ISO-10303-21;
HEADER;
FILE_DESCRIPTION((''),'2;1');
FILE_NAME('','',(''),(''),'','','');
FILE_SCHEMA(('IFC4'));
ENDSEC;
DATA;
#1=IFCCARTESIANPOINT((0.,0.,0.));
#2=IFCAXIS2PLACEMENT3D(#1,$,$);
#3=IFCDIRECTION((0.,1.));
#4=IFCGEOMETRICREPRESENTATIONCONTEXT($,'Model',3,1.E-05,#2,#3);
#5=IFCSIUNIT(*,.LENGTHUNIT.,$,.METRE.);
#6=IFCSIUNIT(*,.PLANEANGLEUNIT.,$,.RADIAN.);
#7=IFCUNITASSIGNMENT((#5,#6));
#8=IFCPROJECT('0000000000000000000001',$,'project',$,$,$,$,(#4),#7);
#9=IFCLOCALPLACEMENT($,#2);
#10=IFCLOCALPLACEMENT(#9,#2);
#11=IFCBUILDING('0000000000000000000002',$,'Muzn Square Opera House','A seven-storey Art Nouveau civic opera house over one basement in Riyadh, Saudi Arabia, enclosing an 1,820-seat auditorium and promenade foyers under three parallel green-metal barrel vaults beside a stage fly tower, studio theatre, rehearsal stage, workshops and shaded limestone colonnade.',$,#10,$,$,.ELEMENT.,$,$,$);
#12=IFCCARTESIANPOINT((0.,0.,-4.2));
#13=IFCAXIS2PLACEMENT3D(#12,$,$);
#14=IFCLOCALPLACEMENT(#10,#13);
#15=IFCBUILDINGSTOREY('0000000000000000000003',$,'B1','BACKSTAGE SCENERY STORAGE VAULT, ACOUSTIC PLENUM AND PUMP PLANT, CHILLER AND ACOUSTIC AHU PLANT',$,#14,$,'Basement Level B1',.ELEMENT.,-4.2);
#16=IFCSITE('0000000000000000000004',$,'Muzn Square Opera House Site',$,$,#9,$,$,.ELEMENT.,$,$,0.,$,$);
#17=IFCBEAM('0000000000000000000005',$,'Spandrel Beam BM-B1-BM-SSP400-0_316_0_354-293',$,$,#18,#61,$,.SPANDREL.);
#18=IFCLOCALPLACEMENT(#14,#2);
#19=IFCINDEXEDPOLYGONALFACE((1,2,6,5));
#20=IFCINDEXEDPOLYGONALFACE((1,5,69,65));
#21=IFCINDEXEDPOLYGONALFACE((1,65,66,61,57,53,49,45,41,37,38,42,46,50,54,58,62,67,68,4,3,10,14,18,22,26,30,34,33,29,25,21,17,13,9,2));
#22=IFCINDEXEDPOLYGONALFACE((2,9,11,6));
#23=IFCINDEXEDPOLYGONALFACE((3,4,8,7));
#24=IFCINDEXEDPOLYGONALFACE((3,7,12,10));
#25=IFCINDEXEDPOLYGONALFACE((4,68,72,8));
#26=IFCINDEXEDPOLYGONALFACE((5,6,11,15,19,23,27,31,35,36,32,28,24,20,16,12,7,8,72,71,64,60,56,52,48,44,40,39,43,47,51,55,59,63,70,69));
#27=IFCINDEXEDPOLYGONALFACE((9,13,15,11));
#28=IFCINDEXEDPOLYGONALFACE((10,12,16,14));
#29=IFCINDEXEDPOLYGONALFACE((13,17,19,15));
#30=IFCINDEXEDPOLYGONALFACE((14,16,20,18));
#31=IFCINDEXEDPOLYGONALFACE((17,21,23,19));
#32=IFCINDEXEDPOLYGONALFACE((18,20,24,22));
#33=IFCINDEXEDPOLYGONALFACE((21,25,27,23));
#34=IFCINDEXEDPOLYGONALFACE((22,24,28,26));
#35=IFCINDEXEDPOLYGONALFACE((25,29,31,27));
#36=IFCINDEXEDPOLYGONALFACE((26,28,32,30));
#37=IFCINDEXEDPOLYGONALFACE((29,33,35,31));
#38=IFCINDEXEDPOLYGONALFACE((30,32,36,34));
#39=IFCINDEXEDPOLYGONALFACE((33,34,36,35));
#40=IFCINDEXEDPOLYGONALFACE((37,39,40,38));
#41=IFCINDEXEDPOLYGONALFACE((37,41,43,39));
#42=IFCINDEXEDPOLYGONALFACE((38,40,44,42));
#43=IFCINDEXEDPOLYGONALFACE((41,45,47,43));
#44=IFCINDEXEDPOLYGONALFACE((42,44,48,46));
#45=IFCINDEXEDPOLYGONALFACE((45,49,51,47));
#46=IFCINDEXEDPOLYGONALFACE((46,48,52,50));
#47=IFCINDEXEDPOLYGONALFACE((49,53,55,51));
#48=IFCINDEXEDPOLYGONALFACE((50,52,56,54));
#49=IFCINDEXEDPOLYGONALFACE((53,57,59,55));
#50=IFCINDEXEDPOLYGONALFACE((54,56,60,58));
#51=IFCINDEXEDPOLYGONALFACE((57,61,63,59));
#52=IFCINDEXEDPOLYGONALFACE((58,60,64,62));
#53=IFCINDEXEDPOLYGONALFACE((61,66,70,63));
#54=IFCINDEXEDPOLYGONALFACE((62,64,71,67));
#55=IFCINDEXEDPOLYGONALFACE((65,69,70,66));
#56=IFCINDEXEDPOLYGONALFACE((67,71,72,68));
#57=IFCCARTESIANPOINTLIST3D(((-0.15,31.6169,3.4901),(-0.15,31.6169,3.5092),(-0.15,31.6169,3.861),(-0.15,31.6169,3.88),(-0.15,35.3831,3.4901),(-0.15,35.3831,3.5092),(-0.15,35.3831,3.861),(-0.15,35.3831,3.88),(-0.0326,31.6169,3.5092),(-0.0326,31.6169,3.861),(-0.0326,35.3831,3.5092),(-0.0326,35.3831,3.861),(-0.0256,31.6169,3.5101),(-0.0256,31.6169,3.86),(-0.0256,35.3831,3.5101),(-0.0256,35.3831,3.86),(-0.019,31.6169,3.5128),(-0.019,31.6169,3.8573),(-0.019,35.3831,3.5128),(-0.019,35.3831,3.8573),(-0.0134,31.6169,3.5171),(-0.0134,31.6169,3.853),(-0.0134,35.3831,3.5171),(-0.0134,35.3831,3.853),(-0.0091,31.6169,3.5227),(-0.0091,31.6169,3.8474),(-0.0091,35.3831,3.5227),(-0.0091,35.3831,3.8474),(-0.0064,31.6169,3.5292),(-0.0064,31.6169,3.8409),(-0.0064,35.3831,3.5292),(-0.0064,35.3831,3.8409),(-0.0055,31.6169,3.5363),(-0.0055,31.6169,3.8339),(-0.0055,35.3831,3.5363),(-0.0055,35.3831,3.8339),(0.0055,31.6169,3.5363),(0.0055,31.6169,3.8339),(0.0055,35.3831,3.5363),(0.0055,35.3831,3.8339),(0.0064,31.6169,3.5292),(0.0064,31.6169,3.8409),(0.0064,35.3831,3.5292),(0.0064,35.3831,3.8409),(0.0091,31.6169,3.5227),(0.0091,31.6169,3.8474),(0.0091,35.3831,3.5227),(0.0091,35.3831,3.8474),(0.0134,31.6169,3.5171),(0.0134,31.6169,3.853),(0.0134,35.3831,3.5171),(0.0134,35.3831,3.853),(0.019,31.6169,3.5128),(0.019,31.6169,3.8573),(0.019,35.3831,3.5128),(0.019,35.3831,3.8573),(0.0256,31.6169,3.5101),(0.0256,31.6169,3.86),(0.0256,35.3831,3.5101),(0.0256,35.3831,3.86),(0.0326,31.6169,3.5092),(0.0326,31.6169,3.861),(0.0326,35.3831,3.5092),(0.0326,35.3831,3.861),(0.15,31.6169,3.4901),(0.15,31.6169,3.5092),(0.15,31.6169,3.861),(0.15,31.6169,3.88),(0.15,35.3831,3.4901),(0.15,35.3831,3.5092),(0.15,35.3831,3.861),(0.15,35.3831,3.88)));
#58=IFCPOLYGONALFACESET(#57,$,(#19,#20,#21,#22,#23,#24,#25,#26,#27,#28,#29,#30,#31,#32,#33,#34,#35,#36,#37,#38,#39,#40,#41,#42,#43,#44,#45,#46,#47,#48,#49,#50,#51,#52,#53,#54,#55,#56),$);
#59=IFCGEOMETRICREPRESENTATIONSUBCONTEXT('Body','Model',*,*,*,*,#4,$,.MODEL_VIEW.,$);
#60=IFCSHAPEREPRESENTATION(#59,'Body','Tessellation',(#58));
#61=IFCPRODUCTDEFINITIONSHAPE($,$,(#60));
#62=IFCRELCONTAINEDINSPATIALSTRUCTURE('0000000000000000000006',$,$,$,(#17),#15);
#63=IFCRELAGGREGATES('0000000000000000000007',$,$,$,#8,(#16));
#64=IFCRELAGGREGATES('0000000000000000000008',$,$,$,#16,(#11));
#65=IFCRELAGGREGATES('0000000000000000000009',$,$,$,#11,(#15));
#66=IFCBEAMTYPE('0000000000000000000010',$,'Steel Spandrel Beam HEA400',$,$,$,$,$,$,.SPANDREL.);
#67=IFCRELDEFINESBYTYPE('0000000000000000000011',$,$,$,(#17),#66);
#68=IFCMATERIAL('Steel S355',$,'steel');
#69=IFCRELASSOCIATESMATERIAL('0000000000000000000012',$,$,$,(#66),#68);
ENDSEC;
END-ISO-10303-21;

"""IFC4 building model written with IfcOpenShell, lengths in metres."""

from ifc_helpers import new_model, si_unit, direction, frame, origin, origin_2d, place, context, subcontext, project, spatial, i_section, extrude, material, material_profile, profile_set, type_object, element, save


model = new_model("IFC4")

# Units and contexts
model_context = context("Model", 3, precision=1e-05, world=origin(), true_north=direction((0.0, 1.0)))
body_context = subcontext(model_context, "Body", "Model", "MODEL_VIEW")
ifc_project = project(units=[si_unit("LENGTHUNIT", "METRE"), si_unit("PLANEANGLEUNIT", "RADIAN")], contexts=[model_context])

# Site, building, storey
site_placement = place(None, origin())
site = spatial("IfcSite", under=ifc_project, at=site_placement, Name="Muzn Square Opera House Site", CompositionType="ELEMENT", RefElevation=0.0)
building_placement = place(site_placement, origin())
building = spatial("IfcBuilding", under=site, at=building_placement, Name="Muzn Square Opera House", Description="A seven-storey Art Nouveau civic opera house over one basement in Riyadh, Saudi Arabia, enclosing an 1,820-seat auditorium and promenade foyers under three parallel green-metal barrel vaults beside a stage fly tower, studio theatre, rehearsal stage, workshops and shaded limestone colonnade.", CompositionType="ELEMENT")
storey_placement = place(building_placement, frame((0.0, 0.0, -4.2)))
storey = spatial("IfcBuildingStorey", under=building, at=storey_placement, Name="B1", Description="BACKSTAGE SCENERY STORAGE VAULT, ACOUSTIC PLENUM AND PUMP PLANT, CHILLER AND ACOUSTIC AHU PLANT", LongName="Basement Level B1", CompositionType="ELEMENT", Elevation=-4.2)

# Beam
ifc_material_1 = material(Name="Steel S355", Category="steel")
ifc_material_profile_1 = material_profile(ifc_material_1, i_section(OverallWidth=0.3, OverallDepth=0.3899, WebThickness=0.011, FlangeThickness=0.019, FilletRadius=0.0271, at=origin_2d()), Name="HEA 400", Category="steel")
ifc_profile_set_1 = profile_set([ifc_material_profile_1], Name="Steel S355")
beam_type_1 = type_object("IfcBeamType", Name="Steel Spandrel Beam HEA400", PredefinedType="SPANDREL", material=ifc_profile_set_1)
beam_1_placement = place(storey_placement, frame((0.0, 31.6169, 3.6851), z_axis=(0.0, 1.0, 0.0), x_axis=(-1.0, 0.0, 0.0)))
element("IfcBeam", 1, at=beam_1_placement, inside=storey, type_object=beam_type_1, Name="Spandrel Beam BM-B1-BM-SSP400-0_316_0_354-293", PredefinedType="SPANDREL", context=body_context, shape_type="SweptSolid", body=[
    extrude(i_section(OverallWidth=0.3, OverallDepth=0.3899, WebThickness=0.011, FlangeThickness=0.019, FilletRadius=0.0271, at=origin_2d()), origin(), (0.0, 0.0, 1.0), 3.7661),
])

save(model, "model.ifc")
